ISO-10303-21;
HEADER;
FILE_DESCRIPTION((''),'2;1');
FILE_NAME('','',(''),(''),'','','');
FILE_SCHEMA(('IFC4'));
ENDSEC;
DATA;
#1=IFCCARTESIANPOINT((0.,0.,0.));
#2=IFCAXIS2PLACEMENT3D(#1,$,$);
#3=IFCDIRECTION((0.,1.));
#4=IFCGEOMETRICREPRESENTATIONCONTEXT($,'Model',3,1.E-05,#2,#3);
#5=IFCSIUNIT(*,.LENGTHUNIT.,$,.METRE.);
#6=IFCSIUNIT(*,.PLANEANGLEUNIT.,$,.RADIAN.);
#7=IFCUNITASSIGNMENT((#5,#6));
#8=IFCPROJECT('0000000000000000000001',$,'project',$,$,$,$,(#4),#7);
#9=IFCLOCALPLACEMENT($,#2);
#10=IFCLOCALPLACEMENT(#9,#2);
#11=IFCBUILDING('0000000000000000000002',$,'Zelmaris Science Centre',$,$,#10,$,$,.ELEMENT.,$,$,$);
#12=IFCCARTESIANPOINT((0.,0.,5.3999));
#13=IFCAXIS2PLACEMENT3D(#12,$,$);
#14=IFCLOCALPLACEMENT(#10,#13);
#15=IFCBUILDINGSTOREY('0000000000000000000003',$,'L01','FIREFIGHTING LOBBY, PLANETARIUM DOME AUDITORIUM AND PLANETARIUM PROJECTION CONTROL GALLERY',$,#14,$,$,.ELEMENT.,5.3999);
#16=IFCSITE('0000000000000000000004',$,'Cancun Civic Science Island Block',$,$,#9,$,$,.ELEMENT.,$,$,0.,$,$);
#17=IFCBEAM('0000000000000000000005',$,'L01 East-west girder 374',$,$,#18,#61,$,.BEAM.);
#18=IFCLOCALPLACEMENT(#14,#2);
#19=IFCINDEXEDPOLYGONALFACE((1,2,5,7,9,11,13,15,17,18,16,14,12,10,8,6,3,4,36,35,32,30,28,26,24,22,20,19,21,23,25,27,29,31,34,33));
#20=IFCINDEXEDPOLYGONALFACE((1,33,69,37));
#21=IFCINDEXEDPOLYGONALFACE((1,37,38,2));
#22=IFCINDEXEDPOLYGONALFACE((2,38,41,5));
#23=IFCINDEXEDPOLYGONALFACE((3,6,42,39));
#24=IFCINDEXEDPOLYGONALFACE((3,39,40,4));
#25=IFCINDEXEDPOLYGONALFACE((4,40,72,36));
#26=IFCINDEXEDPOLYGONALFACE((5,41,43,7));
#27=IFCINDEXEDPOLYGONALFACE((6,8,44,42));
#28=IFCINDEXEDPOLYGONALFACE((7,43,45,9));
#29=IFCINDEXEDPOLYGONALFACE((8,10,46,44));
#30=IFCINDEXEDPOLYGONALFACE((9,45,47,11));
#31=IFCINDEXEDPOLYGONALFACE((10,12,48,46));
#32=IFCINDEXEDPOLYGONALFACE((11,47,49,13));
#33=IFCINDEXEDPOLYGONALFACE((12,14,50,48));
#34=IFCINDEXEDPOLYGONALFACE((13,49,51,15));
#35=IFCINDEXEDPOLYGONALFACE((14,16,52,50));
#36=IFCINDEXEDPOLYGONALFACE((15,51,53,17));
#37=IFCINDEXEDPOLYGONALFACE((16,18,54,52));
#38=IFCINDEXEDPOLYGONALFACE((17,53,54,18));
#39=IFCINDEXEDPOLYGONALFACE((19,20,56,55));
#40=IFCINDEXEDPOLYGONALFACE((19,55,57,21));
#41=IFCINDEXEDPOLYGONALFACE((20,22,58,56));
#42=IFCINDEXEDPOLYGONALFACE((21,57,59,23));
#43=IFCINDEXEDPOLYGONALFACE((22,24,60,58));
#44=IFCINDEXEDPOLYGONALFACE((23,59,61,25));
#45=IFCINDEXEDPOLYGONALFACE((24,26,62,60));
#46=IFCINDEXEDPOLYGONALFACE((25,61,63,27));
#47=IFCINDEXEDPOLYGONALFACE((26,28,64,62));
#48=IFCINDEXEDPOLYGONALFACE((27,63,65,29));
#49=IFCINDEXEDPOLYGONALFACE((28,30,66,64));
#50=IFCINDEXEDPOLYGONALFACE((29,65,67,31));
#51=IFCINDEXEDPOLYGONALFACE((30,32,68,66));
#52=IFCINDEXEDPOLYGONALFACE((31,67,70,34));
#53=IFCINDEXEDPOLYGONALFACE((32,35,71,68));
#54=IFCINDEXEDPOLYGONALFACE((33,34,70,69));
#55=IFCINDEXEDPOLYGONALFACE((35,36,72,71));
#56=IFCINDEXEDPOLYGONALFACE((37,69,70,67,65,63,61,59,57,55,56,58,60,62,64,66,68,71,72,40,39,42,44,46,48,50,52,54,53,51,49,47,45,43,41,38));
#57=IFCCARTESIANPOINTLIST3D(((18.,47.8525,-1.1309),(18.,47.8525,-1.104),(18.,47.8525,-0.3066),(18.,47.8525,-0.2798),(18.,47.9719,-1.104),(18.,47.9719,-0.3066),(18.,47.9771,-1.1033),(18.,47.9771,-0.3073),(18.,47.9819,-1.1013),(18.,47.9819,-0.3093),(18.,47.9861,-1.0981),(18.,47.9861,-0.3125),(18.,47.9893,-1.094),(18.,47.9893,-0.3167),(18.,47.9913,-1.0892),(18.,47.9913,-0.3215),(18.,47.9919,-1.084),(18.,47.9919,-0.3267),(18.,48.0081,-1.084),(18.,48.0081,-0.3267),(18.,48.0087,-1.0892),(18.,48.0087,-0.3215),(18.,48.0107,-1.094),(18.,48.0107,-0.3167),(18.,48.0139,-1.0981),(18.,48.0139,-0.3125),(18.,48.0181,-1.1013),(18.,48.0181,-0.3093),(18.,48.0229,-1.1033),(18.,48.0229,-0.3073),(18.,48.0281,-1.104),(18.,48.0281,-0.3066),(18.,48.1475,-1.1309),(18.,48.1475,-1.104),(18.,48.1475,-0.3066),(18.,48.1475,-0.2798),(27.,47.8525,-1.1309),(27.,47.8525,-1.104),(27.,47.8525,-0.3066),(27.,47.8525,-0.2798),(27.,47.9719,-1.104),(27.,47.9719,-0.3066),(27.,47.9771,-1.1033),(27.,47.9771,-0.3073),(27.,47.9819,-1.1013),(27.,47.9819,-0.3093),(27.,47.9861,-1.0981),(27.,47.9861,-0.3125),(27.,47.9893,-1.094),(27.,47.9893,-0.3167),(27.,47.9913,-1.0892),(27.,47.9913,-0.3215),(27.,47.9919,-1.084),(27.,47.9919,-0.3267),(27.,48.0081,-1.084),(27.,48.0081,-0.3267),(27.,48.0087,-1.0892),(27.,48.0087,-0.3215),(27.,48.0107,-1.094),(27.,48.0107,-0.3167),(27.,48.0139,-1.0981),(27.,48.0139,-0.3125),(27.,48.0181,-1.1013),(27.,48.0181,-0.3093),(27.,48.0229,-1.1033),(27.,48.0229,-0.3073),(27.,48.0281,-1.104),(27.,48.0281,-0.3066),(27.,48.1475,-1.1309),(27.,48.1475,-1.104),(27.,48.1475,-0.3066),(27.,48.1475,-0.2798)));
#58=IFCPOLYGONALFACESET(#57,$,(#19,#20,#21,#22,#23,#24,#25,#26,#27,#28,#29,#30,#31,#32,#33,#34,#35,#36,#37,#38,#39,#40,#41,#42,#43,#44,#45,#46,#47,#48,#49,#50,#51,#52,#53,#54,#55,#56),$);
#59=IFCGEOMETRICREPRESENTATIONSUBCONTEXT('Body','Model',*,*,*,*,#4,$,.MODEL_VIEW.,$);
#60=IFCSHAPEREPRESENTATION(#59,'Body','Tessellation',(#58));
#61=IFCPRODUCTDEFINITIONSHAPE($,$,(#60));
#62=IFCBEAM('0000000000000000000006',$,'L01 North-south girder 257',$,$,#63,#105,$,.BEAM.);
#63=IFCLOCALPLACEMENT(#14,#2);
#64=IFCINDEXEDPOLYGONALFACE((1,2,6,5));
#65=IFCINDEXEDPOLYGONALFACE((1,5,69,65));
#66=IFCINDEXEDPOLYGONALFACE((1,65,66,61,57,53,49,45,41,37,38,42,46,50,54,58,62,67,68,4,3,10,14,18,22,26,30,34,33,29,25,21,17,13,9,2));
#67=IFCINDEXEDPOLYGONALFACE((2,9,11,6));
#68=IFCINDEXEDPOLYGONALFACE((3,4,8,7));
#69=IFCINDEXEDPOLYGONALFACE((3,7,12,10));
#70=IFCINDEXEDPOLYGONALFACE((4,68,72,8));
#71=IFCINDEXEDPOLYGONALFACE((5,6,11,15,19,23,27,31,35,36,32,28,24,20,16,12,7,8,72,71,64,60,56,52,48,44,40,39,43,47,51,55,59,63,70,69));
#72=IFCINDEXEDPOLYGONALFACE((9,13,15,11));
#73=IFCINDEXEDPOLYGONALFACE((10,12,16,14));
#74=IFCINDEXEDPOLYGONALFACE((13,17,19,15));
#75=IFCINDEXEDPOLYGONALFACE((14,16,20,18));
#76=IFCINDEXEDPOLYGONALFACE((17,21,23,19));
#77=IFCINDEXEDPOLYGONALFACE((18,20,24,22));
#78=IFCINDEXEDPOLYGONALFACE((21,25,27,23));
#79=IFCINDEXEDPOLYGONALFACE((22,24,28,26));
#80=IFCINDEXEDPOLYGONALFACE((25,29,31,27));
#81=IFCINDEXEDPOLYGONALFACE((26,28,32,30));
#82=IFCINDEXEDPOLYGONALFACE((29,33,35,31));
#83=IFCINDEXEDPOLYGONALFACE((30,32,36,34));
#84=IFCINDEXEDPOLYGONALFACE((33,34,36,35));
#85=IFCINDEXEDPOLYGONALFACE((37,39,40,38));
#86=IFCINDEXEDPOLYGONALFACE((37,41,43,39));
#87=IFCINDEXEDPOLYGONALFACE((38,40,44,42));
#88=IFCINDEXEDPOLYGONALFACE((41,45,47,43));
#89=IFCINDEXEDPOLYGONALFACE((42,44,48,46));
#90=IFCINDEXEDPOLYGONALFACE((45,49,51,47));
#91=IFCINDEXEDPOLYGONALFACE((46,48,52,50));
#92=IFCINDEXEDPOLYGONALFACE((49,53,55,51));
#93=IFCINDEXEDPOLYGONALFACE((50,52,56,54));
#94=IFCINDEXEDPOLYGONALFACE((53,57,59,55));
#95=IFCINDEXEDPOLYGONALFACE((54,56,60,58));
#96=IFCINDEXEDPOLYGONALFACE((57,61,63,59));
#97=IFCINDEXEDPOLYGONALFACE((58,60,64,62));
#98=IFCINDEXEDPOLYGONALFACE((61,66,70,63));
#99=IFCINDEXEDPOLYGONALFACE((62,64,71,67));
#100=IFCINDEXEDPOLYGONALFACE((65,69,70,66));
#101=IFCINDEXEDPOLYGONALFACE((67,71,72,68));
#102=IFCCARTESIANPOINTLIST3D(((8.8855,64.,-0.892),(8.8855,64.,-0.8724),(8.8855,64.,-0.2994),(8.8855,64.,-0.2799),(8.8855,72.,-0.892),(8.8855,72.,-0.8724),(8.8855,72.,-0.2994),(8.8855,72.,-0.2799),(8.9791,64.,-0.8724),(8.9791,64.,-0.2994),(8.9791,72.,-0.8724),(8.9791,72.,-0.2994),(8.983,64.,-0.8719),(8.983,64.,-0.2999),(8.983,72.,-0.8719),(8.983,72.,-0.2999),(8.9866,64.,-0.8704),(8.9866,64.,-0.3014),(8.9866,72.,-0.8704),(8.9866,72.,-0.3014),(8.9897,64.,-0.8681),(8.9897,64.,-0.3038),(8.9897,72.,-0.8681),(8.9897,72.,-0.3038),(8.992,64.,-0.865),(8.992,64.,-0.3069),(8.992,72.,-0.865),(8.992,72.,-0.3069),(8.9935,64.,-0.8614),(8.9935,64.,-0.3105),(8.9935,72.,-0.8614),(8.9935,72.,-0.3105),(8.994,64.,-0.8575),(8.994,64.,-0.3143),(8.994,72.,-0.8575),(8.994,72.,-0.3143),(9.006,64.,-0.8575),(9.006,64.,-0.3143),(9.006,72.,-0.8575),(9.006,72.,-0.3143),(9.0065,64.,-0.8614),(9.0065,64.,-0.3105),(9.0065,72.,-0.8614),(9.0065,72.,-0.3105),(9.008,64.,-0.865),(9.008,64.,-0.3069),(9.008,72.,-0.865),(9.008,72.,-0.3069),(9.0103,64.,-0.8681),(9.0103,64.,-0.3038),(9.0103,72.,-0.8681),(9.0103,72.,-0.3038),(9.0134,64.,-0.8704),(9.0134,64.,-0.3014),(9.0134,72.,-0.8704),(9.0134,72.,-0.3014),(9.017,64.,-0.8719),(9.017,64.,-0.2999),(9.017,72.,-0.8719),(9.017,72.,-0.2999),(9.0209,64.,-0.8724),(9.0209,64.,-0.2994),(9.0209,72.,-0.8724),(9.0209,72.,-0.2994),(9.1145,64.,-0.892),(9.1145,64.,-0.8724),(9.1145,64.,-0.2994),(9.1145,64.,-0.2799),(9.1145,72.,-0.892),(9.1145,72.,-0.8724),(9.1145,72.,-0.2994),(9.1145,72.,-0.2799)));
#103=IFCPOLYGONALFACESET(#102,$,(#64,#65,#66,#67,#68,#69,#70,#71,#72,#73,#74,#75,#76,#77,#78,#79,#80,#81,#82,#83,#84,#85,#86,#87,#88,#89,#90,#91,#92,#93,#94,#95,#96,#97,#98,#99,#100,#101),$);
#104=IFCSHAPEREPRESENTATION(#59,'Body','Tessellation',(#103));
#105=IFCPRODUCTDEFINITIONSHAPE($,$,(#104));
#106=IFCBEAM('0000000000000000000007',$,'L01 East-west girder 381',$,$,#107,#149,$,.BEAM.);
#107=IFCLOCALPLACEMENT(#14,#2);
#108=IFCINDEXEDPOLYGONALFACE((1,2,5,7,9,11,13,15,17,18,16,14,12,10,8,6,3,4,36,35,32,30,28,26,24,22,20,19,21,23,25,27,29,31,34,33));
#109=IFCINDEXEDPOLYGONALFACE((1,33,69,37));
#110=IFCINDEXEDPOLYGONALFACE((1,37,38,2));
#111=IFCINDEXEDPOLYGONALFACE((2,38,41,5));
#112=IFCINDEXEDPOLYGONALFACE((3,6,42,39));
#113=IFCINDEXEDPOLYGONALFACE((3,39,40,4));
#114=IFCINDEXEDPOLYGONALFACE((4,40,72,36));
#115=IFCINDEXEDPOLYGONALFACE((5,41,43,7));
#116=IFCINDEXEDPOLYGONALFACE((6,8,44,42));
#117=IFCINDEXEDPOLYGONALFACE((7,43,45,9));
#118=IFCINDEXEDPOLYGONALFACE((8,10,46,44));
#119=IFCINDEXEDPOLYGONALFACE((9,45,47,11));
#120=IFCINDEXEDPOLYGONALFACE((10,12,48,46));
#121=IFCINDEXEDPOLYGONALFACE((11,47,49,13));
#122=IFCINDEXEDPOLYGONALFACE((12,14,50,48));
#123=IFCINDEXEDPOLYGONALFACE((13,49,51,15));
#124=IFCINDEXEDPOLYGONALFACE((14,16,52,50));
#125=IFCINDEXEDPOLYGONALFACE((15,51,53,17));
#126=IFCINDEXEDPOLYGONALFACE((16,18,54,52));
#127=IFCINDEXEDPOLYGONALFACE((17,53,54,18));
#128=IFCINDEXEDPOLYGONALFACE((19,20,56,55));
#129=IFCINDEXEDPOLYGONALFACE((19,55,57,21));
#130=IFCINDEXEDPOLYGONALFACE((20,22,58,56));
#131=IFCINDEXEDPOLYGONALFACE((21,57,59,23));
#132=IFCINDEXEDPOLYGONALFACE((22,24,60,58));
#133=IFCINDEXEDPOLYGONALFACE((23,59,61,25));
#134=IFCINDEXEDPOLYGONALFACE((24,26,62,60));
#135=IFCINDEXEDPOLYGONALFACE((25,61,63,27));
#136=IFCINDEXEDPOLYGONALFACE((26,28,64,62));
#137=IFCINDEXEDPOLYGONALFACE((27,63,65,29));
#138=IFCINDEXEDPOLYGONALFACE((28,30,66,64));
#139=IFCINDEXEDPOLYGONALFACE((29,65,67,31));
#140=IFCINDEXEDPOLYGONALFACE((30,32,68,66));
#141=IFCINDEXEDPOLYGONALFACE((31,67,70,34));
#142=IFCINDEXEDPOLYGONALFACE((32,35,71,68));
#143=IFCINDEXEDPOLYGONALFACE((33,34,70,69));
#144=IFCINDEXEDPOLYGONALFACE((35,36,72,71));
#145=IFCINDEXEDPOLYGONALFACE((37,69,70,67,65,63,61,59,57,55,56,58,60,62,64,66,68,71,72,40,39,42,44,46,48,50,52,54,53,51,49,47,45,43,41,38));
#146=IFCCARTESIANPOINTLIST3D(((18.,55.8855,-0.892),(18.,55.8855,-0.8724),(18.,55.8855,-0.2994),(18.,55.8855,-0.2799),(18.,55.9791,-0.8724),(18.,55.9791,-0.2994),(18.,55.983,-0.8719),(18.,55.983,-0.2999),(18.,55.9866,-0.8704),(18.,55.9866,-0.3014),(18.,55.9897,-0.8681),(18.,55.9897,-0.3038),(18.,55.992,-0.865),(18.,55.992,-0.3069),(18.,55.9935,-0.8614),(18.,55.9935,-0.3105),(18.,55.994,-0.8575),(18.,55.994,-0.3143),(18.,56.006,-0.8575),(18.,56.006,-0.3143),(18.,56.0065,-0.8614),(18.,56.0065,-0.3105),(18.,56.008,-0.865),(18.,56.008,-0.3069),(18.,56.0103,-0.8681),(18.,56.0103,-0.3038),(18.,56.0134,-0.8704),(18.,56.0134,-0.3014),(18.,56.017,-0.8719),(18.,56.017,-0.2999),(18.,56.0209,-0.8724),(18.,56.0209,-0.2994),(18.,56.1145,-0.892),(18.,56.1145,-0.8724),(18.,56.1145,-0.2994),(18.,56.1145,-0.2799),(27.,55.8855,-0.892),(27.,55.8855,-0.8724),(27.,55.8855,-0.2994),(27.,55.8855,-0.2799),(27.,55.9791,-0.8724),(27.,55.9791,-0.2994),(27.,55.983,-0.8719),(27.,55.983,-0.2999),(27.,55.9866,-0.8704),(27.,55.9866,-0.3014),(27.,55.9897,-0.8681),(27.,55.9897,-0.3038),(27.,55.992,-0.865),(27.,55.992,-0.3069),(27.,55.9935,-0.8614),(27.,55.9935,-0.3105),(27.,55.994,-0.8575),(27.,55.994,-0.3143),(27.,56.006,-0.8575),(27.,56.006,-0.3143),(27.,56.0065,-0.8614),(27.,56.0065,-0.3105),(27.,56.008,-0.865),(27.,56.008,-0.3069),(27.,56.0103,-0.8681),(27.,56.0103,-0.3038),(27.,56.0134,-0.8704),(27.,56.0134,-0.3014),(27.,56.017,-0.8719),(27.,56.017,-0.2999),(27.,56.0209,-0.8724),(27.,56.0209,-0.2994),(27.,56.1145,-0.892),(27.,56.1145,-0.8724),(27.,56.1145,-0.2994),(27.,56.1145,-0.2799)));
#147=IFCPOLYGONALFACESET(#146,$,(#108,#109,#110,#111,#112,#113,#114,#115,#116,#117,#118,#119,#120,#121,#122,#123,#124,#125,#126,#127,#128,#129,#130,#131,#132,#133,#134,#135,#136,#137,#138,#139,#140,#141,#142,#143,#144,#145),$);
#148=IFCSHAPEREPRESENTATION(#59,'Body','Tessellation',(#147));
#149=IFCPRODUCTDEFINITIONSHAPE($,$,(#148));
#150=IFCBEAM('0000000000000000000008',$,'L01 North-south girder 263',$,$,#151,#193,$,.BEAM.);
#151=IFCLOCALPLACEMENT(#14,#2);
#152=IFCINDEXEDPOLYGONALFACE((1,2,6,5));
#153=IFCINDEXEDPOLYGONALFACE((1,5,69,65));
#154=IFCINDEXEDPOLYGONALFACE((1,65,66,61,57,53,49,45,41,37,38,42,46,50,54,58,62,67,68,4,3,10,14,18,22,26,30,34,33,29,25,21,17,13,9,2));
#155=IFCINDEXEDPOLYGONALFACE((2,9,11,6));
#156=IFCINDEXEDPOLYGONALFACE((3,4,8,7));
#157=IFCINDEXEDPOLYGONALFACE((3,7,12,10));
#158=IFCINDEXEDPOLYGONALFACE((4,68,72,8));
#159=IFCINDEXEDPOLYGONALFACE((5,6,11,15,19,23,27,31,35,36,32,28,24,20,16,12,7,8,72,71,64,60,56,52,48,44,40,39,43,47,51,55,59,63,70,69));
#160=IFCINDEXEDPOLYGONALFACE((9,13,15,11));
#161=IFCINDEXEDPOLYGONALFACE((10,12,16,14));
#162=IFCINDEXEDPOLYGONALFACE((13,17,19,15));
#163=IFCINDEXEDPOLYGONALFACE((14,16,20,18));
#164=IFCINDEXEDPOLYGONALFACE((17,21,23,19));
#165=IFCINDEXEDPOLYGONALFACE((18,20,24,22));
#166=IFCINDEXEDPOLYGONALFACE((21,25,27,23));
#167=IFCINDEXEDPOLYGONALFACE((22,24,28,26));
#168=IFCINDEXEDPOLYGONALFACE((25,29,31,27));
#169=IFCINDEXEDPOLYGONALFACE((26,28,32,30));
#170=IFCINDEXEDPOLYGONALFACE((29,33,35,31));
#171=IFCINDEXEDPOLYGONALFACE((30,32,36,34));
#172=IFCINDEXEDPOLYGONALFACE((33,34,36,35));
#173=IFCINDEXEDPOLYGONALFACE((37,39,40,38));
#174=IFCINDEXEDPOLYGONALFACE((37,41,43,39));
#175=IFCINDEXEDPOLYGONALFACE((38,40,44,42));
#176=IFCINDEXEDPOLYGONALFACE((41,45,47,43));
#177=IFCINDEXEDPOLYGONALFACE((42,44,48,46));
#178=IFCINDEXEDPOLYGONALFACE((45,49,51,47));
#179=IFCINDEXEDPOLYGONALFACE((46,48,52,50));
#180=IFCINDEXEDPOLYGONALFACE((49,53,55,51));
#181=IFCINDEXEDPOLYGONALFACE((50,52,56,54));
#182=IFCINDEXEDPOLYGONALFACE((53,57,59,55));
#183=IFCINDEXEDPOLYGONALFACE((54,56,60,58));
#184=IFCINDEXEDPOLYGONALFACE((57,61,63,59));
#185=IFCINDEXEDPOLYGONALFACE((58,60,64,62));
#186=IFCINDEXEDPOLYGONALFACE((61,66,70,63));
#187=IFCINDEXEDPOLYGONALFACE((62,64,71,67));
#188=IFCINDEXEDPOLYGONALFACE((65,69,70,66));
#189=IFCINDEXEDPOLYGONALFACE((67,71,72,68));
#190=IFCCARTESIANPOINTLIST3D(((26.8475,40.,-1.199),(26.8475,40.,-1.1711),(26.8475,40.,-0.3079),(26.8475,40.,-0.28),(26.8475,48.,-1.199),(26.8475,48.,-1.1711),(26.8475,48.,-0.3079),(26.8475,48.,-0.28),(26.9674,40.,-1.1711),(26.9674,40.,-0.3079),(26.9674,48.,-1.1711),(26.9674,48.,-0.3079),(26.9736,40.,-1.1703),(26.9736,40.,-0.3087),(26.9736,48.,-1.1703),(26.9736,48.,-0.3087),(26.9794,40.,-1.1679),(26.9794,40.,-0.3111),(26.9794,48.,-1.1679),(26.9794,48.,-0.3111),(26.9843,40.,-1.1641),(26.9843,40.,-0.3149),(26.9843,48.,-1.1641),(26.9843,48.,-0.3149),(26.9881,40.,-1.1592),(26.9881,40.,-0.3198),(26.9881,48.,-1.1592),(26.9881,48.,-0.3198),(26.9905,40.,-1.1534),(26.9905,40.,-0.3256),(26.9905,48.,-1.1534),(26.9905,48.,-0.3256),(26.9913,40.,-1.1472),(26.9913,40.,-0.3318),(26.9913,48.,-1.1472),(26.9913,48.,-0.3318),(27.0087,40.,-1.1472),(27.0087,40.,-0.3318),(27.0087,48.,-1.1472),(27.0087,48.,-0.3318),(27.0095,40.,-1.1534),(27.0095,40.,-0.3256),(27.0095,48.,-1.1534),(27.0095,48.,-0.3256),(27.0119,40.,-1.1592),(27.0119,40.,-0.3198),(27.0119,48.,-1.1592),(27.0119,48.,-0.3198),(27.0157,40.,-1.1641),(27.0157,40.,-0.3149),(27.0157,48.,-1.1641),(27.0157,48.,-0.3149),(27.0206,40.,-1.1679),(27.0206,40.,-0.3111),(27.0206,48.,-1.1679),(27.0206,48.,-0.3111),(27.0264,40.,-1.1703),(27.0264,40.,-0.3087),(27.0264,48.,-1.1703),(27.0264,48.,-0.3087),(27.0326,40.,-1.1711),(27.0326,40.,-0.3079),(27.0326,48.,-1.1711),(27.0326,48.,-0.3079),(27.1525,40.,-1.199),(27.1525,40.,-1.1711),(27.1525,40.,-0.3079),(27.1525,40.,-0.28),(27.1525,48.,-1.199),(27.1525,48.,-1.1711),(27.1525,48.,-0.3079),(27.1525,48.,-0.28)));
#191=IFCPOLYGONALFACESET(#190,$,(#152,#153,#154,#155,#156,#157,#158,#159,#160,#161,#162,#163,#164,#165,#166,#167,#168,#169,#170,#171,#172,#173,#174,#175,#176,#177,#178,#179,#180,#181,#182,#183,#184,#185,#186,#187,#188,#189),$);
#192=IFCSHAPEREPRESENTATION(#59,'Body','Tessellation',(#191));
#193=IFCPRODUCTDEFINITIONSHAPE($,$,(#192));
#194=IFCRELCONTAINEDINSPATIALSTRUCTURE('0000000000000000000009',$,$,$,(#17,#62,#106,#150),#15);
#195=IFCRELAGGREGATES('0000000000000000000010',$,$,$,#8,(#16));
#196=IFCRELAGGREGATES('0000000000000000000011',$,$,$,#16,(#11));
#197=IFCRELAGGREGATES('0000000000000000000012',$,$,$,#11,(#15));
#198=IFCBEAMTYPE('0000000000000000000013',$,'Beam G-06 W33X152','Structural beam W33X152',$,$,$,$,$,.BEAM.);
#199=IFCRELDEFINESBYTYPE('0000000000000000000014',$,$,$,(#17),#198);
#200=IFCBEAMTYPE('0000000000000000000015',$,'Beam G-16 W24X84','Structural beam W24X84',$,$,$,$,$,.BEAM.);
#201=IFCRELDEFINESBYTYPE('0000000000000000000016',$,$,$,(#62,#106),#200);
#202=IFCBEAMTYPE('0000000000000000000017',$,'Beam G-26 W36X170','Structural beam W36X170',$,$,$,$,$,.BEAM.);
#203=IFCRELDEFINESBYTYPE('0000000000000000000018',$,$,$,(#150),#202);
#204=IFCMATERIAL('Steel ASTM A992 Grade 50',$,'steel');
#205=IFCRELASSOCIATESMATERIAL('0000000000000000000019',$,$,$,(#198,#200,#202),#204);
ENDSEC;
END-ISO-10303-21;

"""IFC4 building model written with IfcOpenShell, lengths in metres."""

from ifc_helpers import new_model, si_unit, direction, frame, origin, origin_2d, place, context, subcontext, project, spatial, i_section, extrude, material, material_profile, profile_set, type_object, element, save


model = new_model("IFC4")

# Units and contexts
model_context = context("Model", 3, precision=1e-05, world=origin(), true_north=direction((0.0, 1.0)))
body_context = subcontext(model_context, "Body", "Model", "MODEL_VIEW")
ifc_project = project(units=[si_unit("LENGTHUNIT", "METRE"), si_unit("PLANEANGLEUNIT", "RADIAN")], contexts=[model_context])

# Site, building, storey
site_placement = place(None, origin())
site = spatial("IfcSite", under=ifc_project, at=site_placement, Name="Cancun Civic Science Island Block", CompositionType="ELEMENT", RefElevation=0.0)
building_placement = place(site_placement, origin())
building = spatial("IfcBuilding", under=site, at=building_placement, Name="Zelmaris Science Centre", CompositionType="ELEMENT")
storey_placement = place(building_placement, frame((0.0, 0.0, 5.3999)))
storey = spatial("IfcBuildingStorey", under=building, at=storey_placement, Name="L01", Description="FIREFIGHTING LOBBY, PLANETARIUM DOME AUDITORIUM AND PLANETARIUM PROJECTION CONTROL GALLERY", CompositionType="ELEMENT", Elevation=5.3999)

# Shared definitions
ifc_material_1 = material(Name="Steel ASTM A992 Grade 50", Category="steel")

# Beams
ifc_material_profile_1 = material_profile(ifc_material_1, i_section(OverallWidth=0.2949, OverallDepth=0.8511, WebThickness=0.0161, FlangeThickness=0.0269, FilletRadius=0.02, at=origin_2d()), Name="W33X152")
ifc_profile_set_1 = profile_set([ifc_material_profile_1], Name="Steel ASTM A992 Grade 50")
beam_type_1 = type_object("IfcBeamType", Name="Beam G-06 W33X152", Description="Structural beam W33X152", PredefinedType="BEAM", material=ifc_profile_set_1)
beam_1_placement = place(storey_placement, frame((18.0, 48.0, -0.7053), z_axis=(1.0, 0.0, 0.0), x_axis=(0.0, 1.0, 0.0)))
element("IfcBeam", 1, at=beam_1_placement, inside=storey, type_object=beam_type_1, Name="L01 East-west girder 374", PredefinedType="BEAM", context=body_context, shape_type="SweptSolid", body=[
    extrude(i_section(OverallWidth=0.2949, OverallDepth=0.8511, WebThickness=0.0161, FlangeThickness=0.0269, FilletRadius=0.02, at=origin_2d()), origin(), (0.0, 0.0, 1.0), 9.0),
])
ifc_material_profile_2 = material_profile(ifc_material_1, i_section(OverallWidth=0.229, OverallDepth=0.6121, WebThickness=0.012, FlangeThickness=0.0195, FilletRadius=0.0149, at=origin_2d()), Name="W24X84")
ifc_profile_set_2 = profile_set([ifc_material_profile_2], Name="Steel ASTM A992 Grade 50")
beam_type_2 = type_object("IfcBeamType", Name="Beam G-16 W24X84", Description="Structural beam W24X84", PredefinedType="BEAM", material=ifc_profile_set_2)
beam_2_placement = place(storey_placement, frame((9.0, 64.0, -0.5859), z_axis=(0.0, 1.0, 0.0), x_axis=(-1.0, 0.0, 0.0)))
element("IfcBeam", 2, at=beam_2_placement, inside=storey, type_object=beam_type_2, Name="L01 North-south girder 257", PredefinedType="BEAM", context=body_context, shape_type="SweptSolid", body=[
    extrude(i_section(OverallWidth=0.229, OverallDepth=0.6121, WebThickness=0.012, FlangeThickness=0.0195, FilletRadius=0.0149, at=origin_2d()), origin(), (0.0, 0.0, 1.0), 8.0),
])
beam_3_placement = place(storey_placement, frame((18.0, 56.0, -0.5859), z_axis=(1.0, 0.0, 0.0), x_axis=(0.0, 1.0, 0.0)))
element("IfcBeam", 3, at=beam_3_placement, inside=storey, type_object=beam_type_2, Name="L01 East-west girder 381", PredefinedType="BEAM", context=body_context, shape_type="SweptSolid", body=[
    extrude(i_section(OverallWidth=0.229, OverallDepth=0.6121, WebThickness=0.012, FlangeThickness=0.0195, FilletRadius=0.0149, at=origin_2d()), origin(), (0.0, 0.0, 1.0), 9.0),
])
ifc_material_profile_3 = material_profile(ifc_material_1, i_section(OverallWidth=0.3049, OverallDepth=0.9189, WebThickness=0.0173, FlangeThickness=0.0278, FilletRadius=0.0239, at=origin_2d()), Name="W36X170")
ifc_profile_set_3 = profile_set([ifc_material_profile_3], Name="Steel ASTM A992 Grade 50")
beam_type_3 = type_object("IfcBeamType", Name="Beam G-26 W36X170", Description="Structural beam W36X170", PredefinedType="BEAM", material=ifc_profile_set_3)
beam_4_placement = place(storey_placement, frame((27.0, 40.0, -0.7395), z_axis=(0.0, 1.0, 0.0), x_axis=(-1.0, 0.0, 0.0)))
element("IfcBeam", 4, at=beam_4_placement, inside=storey, type_object=beam_type_3, Name="L01 North-south girder 263", PredefinedType="BEAM", context=body_context, shape_type="SweptSolid", body=[
    extrude(i_section(OverallWidth=0.3049, OverallDepth=0.9189, WebThickness=0.0173, FlangeThickness=0.0278, FilletRadius=0.0239, at=origin_2d()), origin(), (0.0, 0.0, 1.0), 8.0),
])

save(model, "model.ifc")
